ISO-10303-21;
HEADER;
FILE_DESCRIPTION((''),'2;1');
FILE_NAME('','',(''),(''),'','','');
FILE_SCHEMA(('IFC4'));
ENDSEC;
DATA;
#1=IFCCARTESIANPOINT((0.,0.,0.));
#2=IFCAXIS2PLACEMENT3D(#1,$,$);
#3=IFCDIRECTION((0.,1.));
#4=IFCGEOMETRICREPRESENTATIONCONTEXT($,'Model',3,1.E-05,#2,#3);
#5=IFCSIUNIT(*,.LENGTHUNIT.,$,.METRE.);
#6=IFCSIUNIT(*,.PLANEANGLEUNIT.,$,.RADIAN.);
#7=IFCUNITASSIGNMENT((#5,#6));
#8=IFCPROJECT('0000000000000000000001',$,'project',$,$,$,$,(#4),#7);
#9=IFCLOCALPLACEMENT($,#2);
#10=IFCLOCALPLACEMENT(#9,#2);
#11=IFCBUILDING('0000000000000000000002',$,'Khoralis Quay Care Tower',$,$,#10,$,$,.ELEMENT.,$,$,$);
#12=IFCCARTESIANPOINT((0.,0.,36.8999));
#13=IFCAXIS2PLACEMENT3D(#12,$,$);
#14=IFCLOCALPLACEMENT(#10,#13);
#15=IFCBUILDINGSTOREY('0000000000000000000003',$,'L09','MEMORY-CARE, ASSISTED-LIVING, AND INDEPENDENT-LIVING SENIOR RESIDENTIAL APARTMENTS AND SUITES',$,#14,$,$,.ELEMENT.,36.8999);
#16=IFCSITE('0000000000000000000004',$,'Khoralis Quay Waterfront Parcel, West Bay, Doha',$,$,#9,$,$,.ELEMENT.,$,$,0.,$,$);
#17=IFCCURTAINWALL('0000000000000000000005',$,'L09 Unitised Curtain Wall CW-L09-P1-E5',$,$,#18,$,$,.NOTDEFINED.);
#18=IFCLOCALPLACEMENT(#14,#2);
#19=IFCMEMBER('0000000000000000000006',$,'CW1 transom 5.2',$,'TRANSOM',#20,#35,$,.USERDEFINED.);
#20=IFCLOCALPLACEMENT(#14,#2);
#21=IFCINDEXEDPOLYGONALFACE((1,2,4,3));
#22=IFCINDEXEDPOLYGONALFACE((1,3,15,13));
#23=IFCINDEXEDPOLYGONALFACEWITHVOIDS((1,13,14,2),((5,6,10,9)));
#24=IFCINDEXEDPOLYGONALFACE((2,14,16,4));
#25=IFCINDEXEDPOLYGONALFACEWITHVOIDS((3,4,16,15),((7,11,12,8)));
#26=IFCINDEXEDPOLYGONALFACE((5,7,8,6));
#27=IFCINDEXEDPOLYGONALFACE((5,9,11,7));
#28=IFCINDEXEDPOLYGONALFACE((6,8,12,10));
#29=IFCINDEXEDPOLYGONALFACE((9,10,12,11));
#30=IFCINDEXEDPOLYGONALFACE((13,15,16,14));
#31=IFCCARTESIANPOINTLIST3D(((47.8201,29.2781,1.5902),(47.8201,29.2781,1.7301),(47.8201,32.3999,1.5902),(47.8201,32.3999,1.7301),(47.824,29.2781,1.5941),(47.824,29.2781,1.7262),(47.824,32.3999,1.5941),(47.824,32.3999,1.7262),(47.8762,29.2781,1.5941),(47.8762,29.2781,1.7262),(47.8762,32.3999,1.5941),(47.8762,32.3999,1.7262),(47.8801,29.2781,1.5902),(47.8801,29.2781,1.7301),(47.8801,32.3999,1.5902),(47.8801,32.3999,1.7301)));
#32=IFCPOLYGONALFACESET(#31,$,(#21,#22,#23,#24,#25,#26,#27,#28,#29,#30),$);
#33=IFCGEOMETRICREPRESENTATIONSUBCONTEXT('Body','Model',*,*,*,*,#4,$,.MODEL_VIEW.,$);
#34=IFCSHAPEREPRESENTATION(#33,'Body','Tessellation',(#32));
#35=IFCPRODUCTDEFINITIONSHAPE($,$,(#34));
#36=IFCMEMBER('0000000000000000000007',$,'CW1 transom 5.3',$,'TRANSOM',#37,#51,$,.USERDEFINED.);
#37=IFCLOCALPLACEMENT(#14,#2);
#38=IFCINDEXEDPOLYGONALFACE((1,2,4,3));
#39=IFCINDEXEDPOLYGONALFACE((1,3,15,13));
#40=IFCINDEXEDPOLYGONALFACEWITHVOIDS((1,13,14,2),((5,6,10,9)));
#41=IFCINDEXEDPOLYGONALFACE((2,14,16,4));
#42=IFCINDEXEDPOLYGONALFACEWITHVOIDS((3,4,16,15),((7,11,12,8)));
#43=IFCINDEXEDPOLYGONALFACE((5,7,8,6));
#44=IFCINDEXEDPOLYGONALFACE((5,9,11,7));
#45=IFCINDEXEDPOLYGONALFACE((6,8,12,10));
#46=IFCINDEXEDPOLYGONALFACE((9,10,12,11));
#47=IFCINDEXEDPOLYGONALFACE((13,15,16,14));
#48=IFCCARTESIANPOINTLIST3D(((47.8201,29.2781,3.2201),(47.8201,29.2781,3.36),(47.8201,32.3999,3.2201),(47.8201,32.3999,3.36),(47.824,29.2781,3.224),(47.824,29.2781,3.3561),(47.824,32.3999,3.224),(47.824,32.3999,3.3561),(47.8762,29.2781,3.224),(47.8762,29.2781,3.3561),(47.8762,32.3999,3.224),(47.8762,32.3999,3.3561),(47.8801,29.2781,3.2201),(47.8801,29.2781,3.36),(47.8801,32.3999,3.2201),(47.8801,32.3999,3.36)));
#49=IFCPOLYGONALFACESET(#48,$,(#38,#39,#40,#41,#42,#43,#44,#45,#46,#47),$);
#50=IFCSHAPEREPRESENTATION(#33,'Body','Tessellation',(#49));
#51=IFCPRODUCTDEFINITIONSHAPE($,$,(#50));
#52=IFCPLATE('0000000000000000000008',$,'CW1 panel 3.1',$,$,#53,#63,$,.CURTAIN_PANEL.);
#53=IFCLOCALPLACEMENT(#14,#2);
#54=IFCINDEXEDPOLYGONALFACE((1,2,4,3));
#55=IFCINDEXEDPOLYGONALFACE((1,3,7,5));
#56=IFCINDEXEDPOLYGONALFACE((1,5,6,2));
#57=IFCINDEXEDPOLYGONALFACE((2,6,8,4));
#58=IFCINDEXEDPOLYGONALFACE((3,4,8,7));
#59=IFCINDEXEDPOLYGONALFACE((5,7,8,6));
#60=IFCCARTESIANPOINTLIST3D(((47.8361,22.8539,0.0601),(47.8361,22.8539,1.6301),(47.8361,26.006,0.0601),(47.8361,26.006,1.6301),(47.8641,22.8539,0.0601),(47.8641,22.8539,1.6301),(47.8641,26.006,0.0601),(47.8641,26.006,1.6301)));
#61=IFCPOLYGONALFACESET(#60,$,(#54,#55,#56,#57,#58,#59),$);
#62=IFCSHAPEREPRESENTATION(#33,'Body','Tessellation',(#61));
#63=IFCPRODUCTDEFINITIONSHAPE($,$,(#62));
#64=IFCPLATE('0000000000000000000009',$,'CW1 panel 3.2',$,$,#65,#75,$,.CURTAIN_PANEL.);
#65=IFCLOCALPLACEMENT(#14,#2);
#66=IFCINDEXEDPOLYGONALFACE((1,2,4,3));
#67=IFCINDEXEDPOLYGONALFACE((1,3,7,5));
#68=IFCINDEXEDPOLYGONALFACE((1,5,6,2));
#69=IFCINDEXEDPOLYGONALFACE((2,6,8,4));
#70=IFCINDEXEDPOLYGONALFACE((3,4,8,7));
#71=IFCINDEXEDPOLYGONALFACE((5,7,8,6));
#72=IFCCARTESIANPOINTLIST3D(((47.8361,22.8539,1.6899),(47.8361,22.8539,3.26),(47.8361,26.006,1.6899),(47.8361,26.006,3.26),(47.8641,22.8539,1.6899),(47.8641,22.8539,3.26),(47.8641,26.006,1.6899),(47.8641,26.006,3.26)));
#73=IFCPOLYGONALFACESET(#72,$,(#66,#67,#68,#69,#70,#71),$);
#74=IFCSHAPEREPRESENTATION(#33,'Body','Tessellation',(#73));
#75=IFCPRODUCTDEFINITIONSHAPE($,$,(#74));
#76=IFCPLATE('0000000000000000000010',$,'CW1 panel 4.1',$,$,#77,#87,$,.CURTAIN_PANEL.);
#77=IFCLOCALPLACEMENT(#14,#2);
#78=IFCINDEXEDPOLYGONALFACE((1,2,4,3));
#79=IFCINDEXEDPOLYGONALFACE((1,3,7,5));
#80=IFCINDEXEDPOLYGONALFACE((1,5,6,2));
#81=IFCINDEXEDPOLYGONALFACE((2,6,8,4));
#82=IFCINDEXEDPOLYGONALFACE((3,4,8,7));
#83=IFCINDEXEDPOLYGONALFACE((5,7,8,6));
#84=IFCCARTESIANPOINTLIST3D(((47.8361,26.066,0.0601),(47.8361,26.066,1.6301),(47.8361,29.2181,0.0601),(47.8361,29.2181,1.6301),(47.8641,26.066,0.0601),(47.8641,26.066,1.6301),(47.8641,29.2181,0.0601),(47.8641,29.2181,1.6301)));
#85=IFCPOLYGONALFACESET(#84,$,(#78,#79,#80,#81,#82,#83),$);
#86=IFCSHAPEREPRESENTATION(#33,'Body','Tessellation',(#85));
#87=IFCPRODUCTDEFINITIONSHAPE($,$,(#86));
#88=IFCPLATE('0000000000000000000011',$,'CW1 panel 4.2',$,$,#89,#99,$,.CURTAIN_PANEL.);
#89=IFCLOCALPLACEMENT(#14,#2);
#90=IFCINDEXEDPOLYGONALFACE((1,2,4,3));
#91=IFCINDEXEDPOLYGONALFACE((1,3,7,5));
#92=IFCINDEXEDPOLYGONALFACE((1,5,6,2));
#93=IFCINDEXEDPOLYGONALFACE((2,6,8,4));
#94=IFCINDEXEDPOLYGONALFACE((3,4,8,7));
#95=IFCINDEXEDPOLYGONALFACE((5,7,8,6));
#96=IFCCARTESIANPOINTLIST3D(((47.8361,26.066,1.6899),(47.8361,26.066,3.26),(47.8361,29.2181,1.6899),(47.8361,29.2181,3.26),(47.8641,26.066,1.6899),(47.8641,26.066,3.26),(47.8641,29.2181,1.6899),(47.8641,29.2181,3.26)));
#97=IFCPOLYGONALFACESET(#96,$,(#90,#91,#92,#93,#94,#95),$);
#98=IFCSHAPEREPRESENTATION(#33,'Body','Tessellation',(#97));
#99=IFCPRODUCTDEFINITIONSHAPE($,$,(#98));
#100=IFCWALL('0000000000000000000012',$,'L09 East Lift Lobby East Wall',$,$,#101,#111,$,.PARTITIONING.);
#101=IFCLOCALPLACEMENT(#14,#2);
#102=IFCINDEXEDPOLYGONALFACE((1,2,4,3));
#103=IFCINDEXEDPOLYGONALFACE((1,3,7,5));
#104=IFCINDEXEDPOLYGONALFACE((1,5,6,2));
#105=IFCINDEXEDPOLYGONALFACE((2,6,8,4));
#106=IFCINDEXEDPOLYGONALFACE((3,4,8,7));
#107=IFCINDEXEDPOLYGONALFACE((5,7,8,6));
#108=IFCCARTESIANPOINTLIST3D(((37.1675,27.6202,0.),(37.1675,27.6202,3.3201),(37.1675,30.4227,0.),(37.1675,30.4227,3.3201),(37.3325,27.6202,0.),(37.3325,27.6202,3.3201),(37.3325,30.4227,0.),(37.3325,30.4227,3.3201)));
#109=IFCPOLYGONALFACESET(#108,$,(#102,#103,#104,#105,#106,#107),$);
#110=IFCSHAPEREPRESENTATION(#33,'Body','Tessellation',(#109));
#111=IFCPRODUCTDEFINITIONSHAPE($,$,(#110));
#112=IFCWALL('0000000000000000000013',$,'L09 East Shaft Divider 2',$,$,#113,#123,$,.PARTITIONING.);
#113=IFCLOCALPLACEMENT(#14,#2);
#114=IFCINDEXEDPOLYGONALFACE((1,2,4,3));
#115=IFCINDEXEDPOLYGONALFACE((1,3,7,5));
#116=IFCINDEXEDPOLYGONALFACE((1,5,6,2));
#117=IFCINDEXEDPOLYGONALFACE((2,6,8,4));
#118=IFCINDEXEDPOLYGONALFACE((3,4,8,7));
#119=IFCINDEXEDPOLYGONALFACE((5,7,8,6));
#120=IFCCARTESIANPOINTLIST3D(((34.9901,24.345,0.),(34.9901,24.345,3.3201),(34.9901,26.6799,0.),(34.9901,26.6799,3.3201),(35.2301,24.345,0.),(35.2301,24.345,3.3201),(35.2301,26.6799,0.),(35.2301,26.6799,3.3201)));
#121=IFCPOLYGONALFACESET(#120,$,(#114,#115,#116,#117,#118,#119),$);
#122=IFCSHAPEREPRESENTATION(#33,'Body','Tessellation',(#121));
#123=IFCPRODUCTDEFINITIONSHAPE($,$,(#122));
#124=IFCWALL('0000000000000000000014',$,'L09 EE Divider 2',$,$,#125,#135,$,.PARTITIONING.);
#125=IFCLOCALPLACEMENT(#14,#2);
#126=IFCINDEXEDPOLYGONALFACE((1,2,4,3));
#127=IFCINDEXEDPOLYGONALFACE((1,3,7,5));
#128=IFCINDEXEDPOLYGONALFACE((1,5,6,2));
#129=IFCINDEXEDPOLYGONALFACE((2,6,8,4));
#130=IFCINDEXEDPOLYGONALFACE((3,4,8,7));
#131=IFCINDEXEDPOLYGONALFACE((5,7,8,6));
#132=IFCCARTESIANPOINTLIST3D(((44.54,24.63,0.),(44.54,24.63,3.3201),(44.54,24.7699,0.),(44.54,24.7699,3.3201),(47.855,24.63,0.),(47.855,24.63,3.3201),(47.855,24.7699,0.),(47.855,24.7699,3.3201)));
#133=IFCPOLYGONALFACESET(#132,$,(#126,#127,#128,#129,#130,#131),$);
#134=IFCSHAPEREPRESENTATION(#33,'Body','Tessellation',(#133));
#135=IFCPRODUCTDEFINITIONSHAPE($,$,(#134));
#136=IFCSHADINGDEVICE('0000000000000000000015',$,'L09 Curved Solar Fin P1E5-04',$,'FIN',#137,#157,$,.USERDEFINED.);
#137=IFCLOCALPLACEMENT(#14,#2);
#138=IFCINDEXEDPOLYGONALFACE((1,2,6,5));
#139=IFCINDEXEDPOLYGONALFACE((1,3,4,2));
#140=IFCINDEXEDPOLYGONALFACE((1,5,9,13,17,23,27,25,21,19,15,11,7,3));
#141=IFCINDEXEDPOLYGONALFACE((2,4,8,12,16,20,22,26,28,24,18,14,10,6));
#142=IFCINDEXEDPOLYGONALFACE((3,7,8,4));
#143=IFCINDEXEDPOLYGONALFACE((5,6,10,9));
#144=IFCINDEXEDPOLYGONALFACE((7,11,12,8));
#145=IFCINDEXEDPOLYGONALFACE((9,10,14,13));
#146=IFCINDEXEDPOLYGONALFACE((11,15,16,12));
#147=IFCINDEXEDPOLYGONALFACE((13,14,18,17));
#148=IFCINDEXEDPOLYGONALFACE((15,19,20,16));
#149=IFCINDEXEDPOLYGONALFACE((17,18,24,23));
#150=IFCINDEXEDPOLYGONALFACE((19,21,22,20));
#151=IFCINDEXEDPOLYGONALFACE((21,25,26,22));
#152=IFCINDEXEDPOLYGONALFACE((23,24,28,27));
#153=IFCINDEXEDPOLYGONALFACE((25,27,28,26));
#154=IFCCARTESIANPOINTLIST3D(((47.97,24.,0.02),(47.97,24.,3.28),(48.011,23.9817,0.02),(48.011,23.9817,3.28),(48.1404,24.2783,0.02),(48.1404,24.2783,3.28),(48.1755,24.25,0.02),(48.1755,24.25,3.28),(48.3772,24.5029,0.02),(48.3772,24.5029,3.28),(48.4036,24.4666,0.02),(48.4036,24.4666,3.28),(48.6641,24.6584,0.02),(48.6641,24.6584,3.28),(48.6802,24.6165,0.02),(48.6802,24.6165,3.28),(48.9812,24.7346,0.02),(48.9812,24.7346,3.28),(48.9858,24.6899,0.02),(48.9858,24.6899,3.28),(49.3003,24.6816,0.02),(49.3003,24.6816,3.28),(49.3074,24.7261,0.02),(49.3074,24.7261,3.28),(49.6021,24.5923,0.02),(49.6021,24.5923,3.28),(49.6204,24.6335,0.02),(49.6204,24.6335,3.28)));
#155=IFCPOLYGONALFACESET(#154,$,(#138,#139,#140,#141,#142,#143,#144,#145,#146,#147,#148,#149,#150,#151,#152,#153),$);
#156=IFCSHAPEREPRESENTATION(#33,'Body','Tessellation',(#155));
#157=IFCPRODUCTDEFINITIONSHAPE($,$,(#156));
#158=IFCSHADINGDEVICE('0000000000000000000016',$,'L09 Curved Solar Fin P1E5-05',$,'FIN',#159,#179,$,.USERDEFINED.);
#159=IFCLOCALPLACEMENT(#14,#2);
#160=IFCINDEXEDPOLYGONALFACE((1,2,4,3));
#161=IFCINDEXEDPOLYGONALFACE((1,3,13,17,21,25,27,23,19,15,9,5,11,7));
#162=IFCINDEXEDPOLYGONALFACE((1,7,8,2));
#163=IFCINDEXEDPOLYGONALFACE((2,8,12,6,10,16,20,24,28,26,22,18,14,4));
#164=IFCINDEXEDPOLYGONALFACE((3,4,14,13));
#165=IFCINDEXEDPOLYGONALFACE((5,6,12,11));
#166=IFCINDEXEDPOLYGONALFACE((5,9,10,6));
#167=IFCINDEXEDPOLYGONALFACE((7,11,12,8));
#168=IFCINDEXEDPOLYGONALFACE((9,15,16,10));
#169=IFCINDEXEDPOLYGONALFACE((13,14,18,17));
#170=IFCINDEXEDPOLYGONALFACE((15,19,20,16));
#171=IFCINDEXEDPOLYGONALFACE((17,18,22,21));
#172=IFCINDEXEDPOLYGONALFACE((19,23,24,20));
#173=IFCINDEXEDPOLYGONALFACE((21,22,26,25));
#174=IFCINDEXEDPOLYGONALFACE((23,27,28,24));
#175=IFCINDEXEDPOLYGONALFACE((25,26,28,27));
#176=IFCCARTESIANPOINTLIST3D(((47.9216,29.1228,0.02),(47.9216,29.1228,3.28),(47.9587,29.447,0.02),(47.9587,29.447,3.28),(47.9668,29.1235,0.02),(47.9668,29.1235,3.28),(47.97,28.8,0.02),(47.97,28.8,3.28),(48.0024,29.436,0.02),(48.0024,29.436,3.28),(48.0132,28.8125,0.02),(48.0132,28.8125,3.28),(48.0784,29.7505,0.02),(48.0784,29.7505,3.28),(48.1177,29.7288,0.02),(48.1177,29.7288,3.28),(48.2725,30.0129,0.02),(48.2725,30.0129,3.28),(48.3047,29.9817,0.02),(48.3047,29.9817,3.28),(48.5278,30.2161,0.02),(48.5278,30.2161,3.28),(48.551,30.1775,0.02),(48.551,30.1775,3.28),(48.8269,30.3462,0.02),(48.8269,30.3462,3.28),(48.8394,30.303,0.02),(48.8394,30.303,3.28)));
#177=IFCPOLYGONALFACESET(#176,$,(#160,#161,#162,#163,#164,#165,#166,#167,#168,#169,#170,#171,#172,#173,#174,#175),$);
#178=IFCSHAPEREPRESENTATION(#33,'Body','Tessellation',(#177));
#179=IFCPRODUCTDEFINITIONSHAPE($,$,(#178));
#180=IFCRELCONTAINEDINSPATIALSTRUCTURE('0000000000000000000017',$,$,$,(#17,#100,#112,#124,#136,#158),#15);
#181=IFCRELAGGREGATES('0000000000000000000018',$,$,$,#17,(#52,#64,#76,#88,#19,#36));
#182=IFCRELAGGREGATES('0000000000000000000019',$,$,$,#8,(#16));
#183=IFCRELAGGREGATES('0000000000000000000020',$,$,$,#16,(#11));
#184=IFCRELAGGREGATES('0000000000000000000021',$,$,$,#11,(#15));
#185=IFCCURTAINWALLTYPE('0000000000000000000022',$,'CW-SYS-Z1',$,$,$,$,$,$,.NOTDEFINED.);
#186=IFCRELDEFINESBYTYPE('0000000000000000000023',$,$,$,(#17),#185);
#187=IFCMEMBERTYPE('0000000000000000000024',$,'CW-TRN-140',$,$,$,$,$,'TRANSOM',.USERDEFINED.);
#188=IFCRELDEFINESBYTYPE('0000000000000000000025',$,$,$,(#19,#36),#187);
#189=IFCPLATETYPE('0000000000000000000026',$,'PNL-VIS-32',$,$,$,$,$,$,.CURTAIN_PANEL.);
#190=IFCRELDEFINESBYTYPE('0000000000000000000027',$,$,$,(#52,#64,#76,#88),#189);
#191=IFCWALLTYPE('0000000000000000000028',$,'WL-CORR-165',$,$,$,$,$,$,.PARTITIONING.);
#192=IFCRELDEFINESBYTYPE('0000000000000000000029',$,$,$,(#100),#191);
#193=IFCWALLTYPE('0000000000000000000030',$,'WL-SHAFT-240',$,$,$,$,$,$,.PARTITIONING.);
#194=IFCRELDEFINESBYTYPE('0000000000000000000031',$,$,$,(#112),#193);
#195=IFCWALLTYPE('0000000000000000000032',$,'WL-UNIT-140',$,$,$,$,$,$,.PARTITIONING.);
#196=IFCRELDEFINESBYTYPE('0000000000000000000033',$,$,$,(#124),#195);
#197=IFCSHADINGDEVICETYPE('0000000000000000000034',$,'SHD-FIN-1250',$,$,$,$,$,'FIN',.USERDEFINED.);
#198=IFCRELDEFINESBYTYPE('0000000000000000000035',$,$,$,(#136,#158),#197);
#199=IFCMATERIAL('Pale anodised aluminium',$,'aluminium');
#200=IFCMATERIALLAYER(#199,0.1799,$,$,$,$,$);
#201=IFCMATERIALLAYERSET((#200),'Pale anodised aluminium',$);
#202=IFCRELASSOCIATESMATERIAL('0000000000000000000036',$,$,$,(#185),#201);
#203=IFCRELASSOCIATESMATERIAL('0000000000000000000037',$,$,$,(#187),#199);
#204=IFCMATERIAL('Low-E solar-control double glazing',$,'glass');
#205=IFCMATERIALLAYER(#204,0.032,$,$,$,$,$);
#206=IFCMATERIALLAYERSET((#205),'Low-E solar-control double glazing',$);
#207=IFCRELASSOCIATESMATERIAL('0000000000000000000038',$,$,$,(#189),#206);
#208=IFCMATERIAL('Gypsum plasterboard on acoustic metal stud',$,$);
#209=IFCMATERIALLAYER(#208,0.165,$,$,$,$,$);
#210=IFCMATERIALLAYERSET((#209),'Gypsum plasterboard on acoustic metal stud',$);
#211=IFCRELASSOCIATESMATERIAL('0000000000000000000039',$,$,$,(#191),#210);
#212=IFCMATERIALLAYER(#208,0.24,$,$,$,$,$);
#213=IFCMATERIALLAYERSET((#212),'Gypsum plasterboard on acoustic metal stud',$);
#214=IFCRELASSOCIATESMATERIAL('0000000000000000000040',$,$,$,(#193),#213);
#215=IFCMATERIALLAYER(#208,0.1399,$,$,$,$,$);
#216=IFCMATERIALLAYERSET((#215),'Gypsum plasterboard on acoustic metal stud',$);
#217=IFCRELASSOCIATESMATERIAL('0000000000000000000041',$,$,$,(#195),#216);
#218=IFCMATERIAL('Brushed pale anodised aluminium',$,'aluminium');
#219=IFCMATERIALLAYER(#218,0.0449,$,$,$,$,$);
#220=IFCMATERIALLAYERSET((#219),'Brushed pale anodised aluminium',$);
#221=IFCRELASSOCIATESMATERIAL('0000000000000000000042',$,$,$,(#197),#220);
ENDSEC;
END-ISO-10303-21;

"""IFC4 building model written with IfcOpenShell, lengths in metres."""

from ifc_helpers import new_model, si_unit, direction, frame, frame_2d, origin, origin_2d, place, context, subcontext, project, spatial, polyline, rectangle, hollow_rectangle, outline, extrude, source, transform, mapped, material, layer, layer_set, material_profile, profile_set, type_object, element, aggregate, save


model = new_model("IFC4")

# Units and contexts
model_context = context("Model", 3, precision=1e-05, world=origin(), true_north=direction((0.0, 1.0)))
body_context = subcontext(model_context, "Body", "Model", "MODEL_VIEW")
ifc_project = project(units=[si_unit("LENGTHUNIT", "METRE"), si_unit("PLANEANGLEUNIT", "RADIAN")], contexts=[model_context])

# Site, building, storey
site_placement = place(None, origin())
site = spatial("IfcSite", under=ifc_project, at=site_placement, Name="Khoralis Quay Waterfront Parcel, West Bay, Doha", CompositionType="ELEMENT", RefElevation=0.0)
building_placement = place(site_placement, origin())
building = spatial("IfcBuilding", under=site, at=building_placement, Name="Khoralis Quay Care Tower", CompositionType="ELEMENT")
storey_placement = place(building_placement, frame((0.0, 0.0, 36.8999)))
storey = spatial("IfcBuildingStorey", under=building, at=storey_placement, Name="L09", Description="MEMORY-CARE, ASSISTED-LIVING, AND INDEPENDENT-LIVING SENIOR RESIDENTIAL APARTMENTS AND SUITES", CompositionType="ELEMENT", Elevation=36.8999)

# Curtain wall, members, plates
ifc_material_1 = material(Name="Pale anodised aluminium", Category="aluminium")
ifc_layer_1 = layer(ifc_material_1, 0.1799)
ifc_layer_set_1 = layer_set([ifc_layer_1], Name="Pale anodised aluminium")
curtain_wall_type = type_object("IfcCurtainWallType", Name="CW-SYS-Z1", PredefinedType="NOTDEFINED", material=ifc_layer_set_1)
curtain_wall_placement = place(storey_placement, origin())
curtain_wall = element("IfcCurtainWall", 1, at=curtain_wall_placement, inside=storey, type_object=curtain_wall_type, Name="L09 Unitised Curtain Wall CW-L09-P1-E5", PredefinedType="NOTDEFINED")
ifc_material_profile_1 = material_profile(ifc_material_1, hollow_rectangle(XDim=0.0601, YDim=0.1399, WallThickness=0.0039, at=origin_2d()), Name="Pale anodised aluminium")
ifc_profile_set_1 = profile_set([ifc_material_profile_1], Name="Pale anodised aluminium")
member_type_1 = type_object("IfcMemberType", Name="CW-TRN-140", ElementType="TRANSOM", PredefinedType="USERDEFINED", material=ifc_profile_set_1)
shared_shape_1 = source(origin(), body_context, "Body", "SweptSolid", [
    extrude(hollow_rectangle(XDim=0.0601, YDim=0.1399, WallThickness=0.0039, at=origin_2d()), origin(), (0.0, 0.0, 1.0), 3.1218),
])
member_1_placement = place(storey_placement, frame((47.8501, 29.2781, 1.6602), z_axis=(0.0, 1.0, 0.0), x_axis=(-1.0, 0.0, 0.0)))
member_1 = element("IfcMember", 2, at=member_1_placement, type_object=member_type_1, Name="CW1 transom 5.2", ObjectType="TRANSOM", PredefinedType="USERDEFINED", context=body_context, shape_type="MappedRepresentation", body=[
    mapped(shared_shape_1, transform((0.0, 0.0, 0.0), scale=1.0)),
])
member_2_placement = place(storey_placement, frame((47.8501, 29.2781, 3.29), z_axis=(0.0, 1.0, 0.0), x_axis=(-1.0, 0.0, 0.0)))
member_2 = element("IfcMember", 3, at=member_2_placement, type_object=member_type_1, Name="CW1 transom 5.3", ObjectType="TRANSOM", PredefinedType="USERDEFINED", context=body_context, shape_type="MappedRepresentation", body=[
    mapped(shared_shape_1, transform((0.0, 0.0, 0.0), scale=1.0)),
])
ifc_material_2 = material(Name="Low-E solar-control double glazing", Category="glass")
ifc_layer_2 = layer(ifc_material_2, 0.032)
ifc_layer_set_2 = layer_set([ifc_layer_2], Name="Low-E solar-control double glazing")
plate_type = type_object("IfcPlateType", Name="PNL-VIS-32", PredefinedType="CURTAIN_PANEL", material=ifc_layer_set_2)
shared_shape_2 = source(origin(), body_context, "Body", "SweptSolid", [
    extrude(rectangle(XDim=3.1521, YDim=0.0281, at=origin_2d()), origin(), (0.0, 0.0, 1.0), 1.5701),
])
plate_1_placement = place(storey_placement, frame((47.8501, 24.4299, 0.0601), z_axis=(0.0, 0.0, 1.0), x_axis=(0.0, 1.0, 0.0)))
plate_1 = element("IfcPlate", 4, at=plate_1_placement, type_object=plate_type, Name="CW1 panel 3.1", PredefinedType="CURTAIN_PANEL", context=body_context, shape_type="MappedRepresentation", body=[
    mapped(shared_shape_2, transform((0.0, 0.0, 0.0), scale=1.0)),
])
plate_2_placement = place(storey_placement, frame((47.8501, 24.4299, 1.6899), z_axis=(0.0, 0.0, 1.0), x_axis=(0.0, 1.0, 0.0)))
plate_2 = element("IfcPlate", 5, at=plate_2_placement, type_object=plate_type, Name="CW1 panel 3.2", PredefinedType="CURTAIN_PANEL", context=body_context, shape_type="MappedRepresentation", body=[
    mapped(shared_shape_2, transform((0.0, 0.0, 0.0), scale=1.0)),
])
plate_3_placement = place(storey_placement, frame((47.8501, 27.6421, 0.0601), z_axis=(0.0, 0.0, 1.0), x_axis=(0.0, 1.0, 0.0)))
plate_3 = element("IfcPlate", 6, at=plate_3_placement, type_object=plate_type, Name="CW1 panel 4.1", PredefinedType="CURTAIN_PANEL", context=body_context, shape_type="MappedRepresentation", body=[
    mapped(shared_shape_2, transform((0.0, 0.0, 0.0), scale=1.0)),
])
plate_4_placement = place(storey_placement, frame((47.8501, 27.6421, 1.6899), z_axis=(0.0, 0.0, 1.0), x_axis=(0.0, 1.0, 0.0)))
plate_4 = element("IfcPlate", 7, at=plate_4_placement, type_object=plate_type, Name="CW1 panel 4.2", PredefinedType="CURTAIN_PANEL", context=body_context, shape_type="MappedRepresentation", body=[
    mapped(shared_shape_2, transform((0.0, 0.0, 0.0), scale=1.0)),
])
aggregate(curtain_wall, [plate_1, plate_2, plate_3, plate_4, member_1, member_2])

# Walls
ifc_material_3 = material(Name="Gypsum plasterboard on acoustic metal stud")
ifc_layer_3 = layer(ifc_material_3, 0.165)
ifc_layer_set_3 = layer_set([ifc_layer_3], Name="Gypsum plasterboard on acoustic metal stud")
wall_type_1 = type_object("IfcWallType", Name="WL-CORR-165", PredefinedType="PARTITIONING", material=ifc_layer_set_3)
wall_1_placement = place(storey_placement, frame((37.25, 27.6201, 0.0), z_axis=(0.0, 0.0, 1.0), x_axis=(0.0, 1.0, 0.0)))
element("IfcWall", 8, at=wall_1_placement, inside=storey, type_object=wall_type_1, Name="L09 East Lift Lobby East Wall", PredefinedType="PARTITIONING", context=body_context, shape_type="SweptSolid", body=[
    extrude(rectangle(XDim=2.8025, YDim=0.165, at=frame_2d((1.4014, 0.0))), origin(), (0.0, 0.0, 1.0), 3.3201),
])
ifc_layer_4 = layer(ifc_material_3, 0.24)
ifc_layer_set_4 = layer_set([ifc_layer_4], Name="Gypsum plasterboard on acoustic metal stud")
wall_type_2 = type_object("IfcWallType", Name="WL-SHAFT-240", PredefinedType="PARTITIONING", material=ifc_layer_set_4)
wall_2_placement = place(storey_placement, frame((35.1101, 24.345, 0.0), z_axis=(0.0, 0.0, 1.0), x_axis=(0.0, 1.0, 0.0)))
element("IfcWall", 9, at=wall_2_placement, inside=storey, type_object=wall_type_2, Name="L09 East Shaft Divider 2", PredefinedType="PARTITIONING", context=body_context, shape_type="SweptSolid", body=[
    extrude(rectangle(XDim=2.335, YDim=0.24, at=frame_2d((1.1675, 0.0))), origin(), (0.0, 0.0, 1.0), 3.3201),
])
ifc_layer_5 = layer(ifc_material_3, 0.1399)
ifc_layer_set_5 = layer_set([ifc_layer_5], Name="Gypsum plasterboard on acoustic metal stud")
wall_type_3 = type_object("IfcWallType", Name="WL-UNIT-140", PredefinedType="PARTITIONING", material=ifc_layer_set_5)
wall_3_placement = place(storey_placement, frame((44.54, 24.7, 0.0), z_axis=(0.0, 0.0, 1.0), x_axis=(1.0, 0.0, 0.0)))
element("IfcWall", 10, at=wall_3_placement, inside=storey, type_object=wall_type_3, Name="L09 EE Divider 2", PredefinedType="PARTITIONING", context=body_context, shape_type="SweptSolid", body=[
    extrude(rectangle(XDim=3.3149, YDim=0.1399, at=frame_2d((1.6575, 0.0))), origin(), (0.0, 0.0, 1.0), 3.3201),
])

# Shading devices
ifc_material_4 = material(Name="Brushed pale anodised aluminium", Category="aluminium")
ifc_layer_6 = layer(ifc_material_4, 0.0449)
ifc_layer_set_6 = layer_set([ifc_layer_6], Name="Brushed pale anodised aluminium")
shading_device_type = type_object("IfcShadingDeviceType", Name="SHD-FIN-1250", ElementType="FIN", PredefinedType="USERDEFINED", material=ifc_layer_set_6)
shared_shape_3 = source(origin(), body_context, "Body", "SweptSolid", [
    extrude(outline(polyline([(0.0, 0.0), (0.1704, 0.2783), (0.4072, 0.5029), (0.6941, 0.6584), (1.0112, 0.7346), (1.3374, 0.7261), (1.6504, 0.6335), (1.6321, 0.5923), (1.3303, 0.6816), (1.0159, 0.6899), (0.7102, 0.6165), (0.4336, 0.4666), (0.2056, 0.25), (0.041, -0.0183), (0.0, 0.0)])), origin(), (0.0, 0.0, 1.0), 3.26),
])
shading_device_1_placement = place(storey_placement, frame((47.97, 24.0, 0.02), z_axis=(0.0, 0.0, 1.0), x_axis=(1.0, 0.0, 0.0)))
element("IfcShadingDevice", 11, at=shading_device_1_placement, inside=storey, type_object=shading_device_type, Name="L09 Curved Solar Fin P1E5-04", ObjectType="FIN", PredefinedType="USERDEFINED", context=body_context, shape_type="MappedRepresentation", body=[
    mapped(shared_shape_3, transform((0.0, 0.0, 0.0), scale=1.0)),
])
shared_shape_4 = source(origin(), body_context, "Body", "SweptSolid", [
    extrude(outline(polyline([(0.0, 0.0), (-0.0483, 0.3228), (-0.0112, 0.647), (0.1084, 0.9504), (0.3025, 1.2129), (0.5579, 1.416), (0.8569, 1.5461), (0.8694, 1.5029), (0.5811, 1.3774), (0.3347, 1.1816), (0.1477, 0.9287), (0.0325, 0.636), (-0.0032, 0.3235), (0.0432, 0.0125), (0.0, 0.0)])), origin(), (0.0, 0.0, 1.0), 3.26),
])
shading_device_2_placement = place(storey_placement, frame((47.97, 28.8, 0.02), z_axis=(0.0, 0.0, 1.0), x_axis=(1.0, 0.0, 0.0)))
element("IfcShadingDevice", 12, at=shading_device_2_placement, inside=storey, type_object=shading_device_type, Name="L09 Curved Solar Fin P1E5-05", ObjectType="FIN", PredefinedType="USERDEFINED", context=body_context, shape_type="MappedRepresentation", body=[
    mapped(shared_shape_4, transform((0.0, 0.0, 0.0), scale=1.0)),
])

save(model, "model.ifc")
